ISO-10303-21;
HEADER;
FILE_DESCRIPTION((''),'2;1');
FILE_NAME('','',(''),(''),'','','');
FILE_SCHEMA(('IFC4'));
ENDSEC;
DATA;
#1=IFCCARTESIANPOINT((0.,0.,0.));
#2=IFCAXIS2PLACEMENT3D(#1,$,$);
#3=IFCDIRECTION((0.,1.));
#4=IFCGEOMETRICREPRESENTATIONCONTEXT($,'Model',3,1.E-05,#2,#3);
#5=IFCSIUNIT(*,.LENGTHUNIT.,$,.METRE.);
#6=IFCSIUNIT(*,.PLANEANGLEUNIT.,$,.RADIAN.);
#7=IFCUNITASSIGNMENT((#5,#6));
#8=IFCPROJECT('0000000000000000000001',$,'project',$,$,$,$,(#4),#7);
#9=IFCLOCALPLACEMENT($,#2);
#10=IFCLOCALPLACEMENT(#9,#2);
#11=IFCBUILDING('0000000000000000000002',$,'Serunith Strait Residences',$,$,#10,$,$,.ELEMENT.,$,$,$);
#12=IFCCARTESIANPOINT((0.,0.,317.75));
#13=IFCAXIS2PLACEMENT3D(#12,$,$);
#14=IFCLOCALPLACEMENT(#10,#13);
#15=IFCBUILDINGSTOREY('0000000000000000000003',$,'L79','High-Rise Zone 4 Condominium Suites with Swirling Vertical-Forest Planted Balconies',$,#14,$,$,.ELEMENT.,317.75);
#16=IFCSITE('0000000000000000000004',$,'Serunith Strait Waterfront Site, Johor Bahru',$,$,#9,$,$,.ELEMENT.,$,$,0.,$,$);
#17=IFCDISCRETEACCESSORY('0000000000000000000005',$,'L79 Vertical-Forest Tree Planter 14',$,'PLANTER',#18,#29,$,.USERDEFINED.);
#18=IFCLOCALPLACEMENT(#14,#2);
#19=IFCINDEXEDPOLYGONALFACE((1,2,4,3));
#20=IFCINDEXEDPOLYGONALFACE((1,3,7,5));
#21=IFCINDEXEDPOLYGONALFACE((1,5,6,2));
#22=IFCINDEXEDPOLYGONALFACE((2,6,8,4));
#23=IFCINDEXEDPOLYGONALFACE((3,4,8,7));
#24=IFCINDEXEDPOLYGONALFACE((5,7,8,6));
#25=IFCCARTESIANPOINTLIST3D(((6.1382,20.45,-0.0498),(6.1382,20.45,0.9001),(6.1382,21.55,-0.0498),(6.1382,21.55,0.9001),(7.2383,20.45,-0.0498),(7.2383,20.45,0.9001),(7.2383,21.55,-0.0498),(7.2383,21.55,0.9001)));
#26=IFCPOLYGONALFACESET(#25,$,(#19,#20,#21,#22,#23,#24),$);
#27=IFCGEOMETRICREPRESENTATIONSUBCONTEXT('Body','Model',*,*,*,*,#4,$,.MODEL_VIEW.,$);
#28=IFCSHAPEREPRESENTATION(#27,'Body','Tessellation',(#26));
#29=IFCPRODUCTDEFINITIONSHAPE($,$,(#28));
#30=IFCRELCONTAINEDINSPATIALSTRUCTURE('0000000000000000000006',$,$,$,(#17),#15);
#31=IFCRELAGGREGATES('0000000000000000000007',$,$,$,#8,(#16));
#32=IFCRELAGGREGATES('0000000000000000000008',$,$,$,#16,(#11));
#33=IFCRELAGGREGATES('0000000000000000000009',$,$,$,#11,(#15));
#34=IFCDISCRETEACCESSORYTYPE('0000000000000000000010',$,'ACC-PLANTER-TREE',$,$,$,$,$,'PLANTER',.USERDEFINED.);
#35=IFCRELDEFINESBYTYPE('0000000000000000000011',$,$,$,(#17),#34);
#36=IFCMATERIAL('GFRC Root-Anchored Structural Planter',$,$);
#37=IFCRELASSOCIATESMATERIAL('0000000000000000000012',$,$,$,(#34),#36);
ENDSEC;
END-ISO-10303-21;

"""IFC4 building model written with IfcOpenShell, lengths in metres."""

from ifc_helpers import new_model, si_unit, direction, frame, origin, origin_2d, place, context, subcontext, project, spatial, rectangle, extrude, source, transform, mapped, material, type_object, element, save


model = new_model("IFC4")

# Units and contexts
model_context = context("Model", 3, precision=1e-05, world=origin(), true_north=direction((0.0, 1.0)))
body_context = subcontext(model_context, "Body", "Model", "MODEL_VIEW")
ifc_project = project(units=[si_unit("LENGTHUNIT", "METRE"), si_unit("PLANEANGLEUNIT", "RADIAN")], contexts=[model_context])

# Site, building, storey
site_placement = place(None, origin())
site = spatial("IfcSite", under=ifc_project, at=site_placement, Name="Serunith Strait Waterfront Site, Johor Bahru", CompositionType="ELEMENT", RefElevation=0.0)
building_placement = place(site_placement, origin())
building = spatial("IfcBuilding", under=site, at=building_placement, Name="Serunith Strait Residences", CompositionType="ELEMENT")
storey_placement = place(building_placement, frame((0.0, 0.0, 317.75)))
storey = spatial("IfcBuildingStorey", under=building, at=storey_placement, Name="L79", Description="High-Rise Zone 4 Condominium Suites with Swirling Vertical-Forest Planted Balconies", CompositionType="ELEMENT", Elevation=317.75)

# Discrete accessory
ifc_material_1 = material(Name="GFRC Root-Anchored Structural Planter")
discrete_accessory_type = type_object("IfcDiscreteAccessoryType", Name="ACC-PLANTER-TREE", ElementType="PLANTER", PredefinedType="USERDEFINED", material=ifc_material_1)
shared_shape_1 = source(origin(), body_context, "Body", "SweptSolid", [
    extrude(rectangle(XDim=1.1001, YDim=1.1001, at=origin_2d()), origin(), (0.0, 0.0, 1.0), 0.95),
])
discrete_accessory_placement = place(storey_placement, frame((6.6882, 21.0, -0.0498), z_axis=(0.0, 0.0, 1.0), x_axis=(0.0, -1.0, 0.0)))
element("IfcDiscreteAccessory", 1, at=discrete_accessory_placement, inside=storey, type_object=discrete_accessory_type, Name="L79 Vertical-Forest Tree Planter 14", ObjectType="PLANTER", PredefinedType="USERDEFINED", context=body_context, shape_type="MappedRepresentation", body=[
    mapped(shared_shape_1, transform((0.0, 0.0, 0.0), scale=1.0)),
])

save(model, "model.ifc")
